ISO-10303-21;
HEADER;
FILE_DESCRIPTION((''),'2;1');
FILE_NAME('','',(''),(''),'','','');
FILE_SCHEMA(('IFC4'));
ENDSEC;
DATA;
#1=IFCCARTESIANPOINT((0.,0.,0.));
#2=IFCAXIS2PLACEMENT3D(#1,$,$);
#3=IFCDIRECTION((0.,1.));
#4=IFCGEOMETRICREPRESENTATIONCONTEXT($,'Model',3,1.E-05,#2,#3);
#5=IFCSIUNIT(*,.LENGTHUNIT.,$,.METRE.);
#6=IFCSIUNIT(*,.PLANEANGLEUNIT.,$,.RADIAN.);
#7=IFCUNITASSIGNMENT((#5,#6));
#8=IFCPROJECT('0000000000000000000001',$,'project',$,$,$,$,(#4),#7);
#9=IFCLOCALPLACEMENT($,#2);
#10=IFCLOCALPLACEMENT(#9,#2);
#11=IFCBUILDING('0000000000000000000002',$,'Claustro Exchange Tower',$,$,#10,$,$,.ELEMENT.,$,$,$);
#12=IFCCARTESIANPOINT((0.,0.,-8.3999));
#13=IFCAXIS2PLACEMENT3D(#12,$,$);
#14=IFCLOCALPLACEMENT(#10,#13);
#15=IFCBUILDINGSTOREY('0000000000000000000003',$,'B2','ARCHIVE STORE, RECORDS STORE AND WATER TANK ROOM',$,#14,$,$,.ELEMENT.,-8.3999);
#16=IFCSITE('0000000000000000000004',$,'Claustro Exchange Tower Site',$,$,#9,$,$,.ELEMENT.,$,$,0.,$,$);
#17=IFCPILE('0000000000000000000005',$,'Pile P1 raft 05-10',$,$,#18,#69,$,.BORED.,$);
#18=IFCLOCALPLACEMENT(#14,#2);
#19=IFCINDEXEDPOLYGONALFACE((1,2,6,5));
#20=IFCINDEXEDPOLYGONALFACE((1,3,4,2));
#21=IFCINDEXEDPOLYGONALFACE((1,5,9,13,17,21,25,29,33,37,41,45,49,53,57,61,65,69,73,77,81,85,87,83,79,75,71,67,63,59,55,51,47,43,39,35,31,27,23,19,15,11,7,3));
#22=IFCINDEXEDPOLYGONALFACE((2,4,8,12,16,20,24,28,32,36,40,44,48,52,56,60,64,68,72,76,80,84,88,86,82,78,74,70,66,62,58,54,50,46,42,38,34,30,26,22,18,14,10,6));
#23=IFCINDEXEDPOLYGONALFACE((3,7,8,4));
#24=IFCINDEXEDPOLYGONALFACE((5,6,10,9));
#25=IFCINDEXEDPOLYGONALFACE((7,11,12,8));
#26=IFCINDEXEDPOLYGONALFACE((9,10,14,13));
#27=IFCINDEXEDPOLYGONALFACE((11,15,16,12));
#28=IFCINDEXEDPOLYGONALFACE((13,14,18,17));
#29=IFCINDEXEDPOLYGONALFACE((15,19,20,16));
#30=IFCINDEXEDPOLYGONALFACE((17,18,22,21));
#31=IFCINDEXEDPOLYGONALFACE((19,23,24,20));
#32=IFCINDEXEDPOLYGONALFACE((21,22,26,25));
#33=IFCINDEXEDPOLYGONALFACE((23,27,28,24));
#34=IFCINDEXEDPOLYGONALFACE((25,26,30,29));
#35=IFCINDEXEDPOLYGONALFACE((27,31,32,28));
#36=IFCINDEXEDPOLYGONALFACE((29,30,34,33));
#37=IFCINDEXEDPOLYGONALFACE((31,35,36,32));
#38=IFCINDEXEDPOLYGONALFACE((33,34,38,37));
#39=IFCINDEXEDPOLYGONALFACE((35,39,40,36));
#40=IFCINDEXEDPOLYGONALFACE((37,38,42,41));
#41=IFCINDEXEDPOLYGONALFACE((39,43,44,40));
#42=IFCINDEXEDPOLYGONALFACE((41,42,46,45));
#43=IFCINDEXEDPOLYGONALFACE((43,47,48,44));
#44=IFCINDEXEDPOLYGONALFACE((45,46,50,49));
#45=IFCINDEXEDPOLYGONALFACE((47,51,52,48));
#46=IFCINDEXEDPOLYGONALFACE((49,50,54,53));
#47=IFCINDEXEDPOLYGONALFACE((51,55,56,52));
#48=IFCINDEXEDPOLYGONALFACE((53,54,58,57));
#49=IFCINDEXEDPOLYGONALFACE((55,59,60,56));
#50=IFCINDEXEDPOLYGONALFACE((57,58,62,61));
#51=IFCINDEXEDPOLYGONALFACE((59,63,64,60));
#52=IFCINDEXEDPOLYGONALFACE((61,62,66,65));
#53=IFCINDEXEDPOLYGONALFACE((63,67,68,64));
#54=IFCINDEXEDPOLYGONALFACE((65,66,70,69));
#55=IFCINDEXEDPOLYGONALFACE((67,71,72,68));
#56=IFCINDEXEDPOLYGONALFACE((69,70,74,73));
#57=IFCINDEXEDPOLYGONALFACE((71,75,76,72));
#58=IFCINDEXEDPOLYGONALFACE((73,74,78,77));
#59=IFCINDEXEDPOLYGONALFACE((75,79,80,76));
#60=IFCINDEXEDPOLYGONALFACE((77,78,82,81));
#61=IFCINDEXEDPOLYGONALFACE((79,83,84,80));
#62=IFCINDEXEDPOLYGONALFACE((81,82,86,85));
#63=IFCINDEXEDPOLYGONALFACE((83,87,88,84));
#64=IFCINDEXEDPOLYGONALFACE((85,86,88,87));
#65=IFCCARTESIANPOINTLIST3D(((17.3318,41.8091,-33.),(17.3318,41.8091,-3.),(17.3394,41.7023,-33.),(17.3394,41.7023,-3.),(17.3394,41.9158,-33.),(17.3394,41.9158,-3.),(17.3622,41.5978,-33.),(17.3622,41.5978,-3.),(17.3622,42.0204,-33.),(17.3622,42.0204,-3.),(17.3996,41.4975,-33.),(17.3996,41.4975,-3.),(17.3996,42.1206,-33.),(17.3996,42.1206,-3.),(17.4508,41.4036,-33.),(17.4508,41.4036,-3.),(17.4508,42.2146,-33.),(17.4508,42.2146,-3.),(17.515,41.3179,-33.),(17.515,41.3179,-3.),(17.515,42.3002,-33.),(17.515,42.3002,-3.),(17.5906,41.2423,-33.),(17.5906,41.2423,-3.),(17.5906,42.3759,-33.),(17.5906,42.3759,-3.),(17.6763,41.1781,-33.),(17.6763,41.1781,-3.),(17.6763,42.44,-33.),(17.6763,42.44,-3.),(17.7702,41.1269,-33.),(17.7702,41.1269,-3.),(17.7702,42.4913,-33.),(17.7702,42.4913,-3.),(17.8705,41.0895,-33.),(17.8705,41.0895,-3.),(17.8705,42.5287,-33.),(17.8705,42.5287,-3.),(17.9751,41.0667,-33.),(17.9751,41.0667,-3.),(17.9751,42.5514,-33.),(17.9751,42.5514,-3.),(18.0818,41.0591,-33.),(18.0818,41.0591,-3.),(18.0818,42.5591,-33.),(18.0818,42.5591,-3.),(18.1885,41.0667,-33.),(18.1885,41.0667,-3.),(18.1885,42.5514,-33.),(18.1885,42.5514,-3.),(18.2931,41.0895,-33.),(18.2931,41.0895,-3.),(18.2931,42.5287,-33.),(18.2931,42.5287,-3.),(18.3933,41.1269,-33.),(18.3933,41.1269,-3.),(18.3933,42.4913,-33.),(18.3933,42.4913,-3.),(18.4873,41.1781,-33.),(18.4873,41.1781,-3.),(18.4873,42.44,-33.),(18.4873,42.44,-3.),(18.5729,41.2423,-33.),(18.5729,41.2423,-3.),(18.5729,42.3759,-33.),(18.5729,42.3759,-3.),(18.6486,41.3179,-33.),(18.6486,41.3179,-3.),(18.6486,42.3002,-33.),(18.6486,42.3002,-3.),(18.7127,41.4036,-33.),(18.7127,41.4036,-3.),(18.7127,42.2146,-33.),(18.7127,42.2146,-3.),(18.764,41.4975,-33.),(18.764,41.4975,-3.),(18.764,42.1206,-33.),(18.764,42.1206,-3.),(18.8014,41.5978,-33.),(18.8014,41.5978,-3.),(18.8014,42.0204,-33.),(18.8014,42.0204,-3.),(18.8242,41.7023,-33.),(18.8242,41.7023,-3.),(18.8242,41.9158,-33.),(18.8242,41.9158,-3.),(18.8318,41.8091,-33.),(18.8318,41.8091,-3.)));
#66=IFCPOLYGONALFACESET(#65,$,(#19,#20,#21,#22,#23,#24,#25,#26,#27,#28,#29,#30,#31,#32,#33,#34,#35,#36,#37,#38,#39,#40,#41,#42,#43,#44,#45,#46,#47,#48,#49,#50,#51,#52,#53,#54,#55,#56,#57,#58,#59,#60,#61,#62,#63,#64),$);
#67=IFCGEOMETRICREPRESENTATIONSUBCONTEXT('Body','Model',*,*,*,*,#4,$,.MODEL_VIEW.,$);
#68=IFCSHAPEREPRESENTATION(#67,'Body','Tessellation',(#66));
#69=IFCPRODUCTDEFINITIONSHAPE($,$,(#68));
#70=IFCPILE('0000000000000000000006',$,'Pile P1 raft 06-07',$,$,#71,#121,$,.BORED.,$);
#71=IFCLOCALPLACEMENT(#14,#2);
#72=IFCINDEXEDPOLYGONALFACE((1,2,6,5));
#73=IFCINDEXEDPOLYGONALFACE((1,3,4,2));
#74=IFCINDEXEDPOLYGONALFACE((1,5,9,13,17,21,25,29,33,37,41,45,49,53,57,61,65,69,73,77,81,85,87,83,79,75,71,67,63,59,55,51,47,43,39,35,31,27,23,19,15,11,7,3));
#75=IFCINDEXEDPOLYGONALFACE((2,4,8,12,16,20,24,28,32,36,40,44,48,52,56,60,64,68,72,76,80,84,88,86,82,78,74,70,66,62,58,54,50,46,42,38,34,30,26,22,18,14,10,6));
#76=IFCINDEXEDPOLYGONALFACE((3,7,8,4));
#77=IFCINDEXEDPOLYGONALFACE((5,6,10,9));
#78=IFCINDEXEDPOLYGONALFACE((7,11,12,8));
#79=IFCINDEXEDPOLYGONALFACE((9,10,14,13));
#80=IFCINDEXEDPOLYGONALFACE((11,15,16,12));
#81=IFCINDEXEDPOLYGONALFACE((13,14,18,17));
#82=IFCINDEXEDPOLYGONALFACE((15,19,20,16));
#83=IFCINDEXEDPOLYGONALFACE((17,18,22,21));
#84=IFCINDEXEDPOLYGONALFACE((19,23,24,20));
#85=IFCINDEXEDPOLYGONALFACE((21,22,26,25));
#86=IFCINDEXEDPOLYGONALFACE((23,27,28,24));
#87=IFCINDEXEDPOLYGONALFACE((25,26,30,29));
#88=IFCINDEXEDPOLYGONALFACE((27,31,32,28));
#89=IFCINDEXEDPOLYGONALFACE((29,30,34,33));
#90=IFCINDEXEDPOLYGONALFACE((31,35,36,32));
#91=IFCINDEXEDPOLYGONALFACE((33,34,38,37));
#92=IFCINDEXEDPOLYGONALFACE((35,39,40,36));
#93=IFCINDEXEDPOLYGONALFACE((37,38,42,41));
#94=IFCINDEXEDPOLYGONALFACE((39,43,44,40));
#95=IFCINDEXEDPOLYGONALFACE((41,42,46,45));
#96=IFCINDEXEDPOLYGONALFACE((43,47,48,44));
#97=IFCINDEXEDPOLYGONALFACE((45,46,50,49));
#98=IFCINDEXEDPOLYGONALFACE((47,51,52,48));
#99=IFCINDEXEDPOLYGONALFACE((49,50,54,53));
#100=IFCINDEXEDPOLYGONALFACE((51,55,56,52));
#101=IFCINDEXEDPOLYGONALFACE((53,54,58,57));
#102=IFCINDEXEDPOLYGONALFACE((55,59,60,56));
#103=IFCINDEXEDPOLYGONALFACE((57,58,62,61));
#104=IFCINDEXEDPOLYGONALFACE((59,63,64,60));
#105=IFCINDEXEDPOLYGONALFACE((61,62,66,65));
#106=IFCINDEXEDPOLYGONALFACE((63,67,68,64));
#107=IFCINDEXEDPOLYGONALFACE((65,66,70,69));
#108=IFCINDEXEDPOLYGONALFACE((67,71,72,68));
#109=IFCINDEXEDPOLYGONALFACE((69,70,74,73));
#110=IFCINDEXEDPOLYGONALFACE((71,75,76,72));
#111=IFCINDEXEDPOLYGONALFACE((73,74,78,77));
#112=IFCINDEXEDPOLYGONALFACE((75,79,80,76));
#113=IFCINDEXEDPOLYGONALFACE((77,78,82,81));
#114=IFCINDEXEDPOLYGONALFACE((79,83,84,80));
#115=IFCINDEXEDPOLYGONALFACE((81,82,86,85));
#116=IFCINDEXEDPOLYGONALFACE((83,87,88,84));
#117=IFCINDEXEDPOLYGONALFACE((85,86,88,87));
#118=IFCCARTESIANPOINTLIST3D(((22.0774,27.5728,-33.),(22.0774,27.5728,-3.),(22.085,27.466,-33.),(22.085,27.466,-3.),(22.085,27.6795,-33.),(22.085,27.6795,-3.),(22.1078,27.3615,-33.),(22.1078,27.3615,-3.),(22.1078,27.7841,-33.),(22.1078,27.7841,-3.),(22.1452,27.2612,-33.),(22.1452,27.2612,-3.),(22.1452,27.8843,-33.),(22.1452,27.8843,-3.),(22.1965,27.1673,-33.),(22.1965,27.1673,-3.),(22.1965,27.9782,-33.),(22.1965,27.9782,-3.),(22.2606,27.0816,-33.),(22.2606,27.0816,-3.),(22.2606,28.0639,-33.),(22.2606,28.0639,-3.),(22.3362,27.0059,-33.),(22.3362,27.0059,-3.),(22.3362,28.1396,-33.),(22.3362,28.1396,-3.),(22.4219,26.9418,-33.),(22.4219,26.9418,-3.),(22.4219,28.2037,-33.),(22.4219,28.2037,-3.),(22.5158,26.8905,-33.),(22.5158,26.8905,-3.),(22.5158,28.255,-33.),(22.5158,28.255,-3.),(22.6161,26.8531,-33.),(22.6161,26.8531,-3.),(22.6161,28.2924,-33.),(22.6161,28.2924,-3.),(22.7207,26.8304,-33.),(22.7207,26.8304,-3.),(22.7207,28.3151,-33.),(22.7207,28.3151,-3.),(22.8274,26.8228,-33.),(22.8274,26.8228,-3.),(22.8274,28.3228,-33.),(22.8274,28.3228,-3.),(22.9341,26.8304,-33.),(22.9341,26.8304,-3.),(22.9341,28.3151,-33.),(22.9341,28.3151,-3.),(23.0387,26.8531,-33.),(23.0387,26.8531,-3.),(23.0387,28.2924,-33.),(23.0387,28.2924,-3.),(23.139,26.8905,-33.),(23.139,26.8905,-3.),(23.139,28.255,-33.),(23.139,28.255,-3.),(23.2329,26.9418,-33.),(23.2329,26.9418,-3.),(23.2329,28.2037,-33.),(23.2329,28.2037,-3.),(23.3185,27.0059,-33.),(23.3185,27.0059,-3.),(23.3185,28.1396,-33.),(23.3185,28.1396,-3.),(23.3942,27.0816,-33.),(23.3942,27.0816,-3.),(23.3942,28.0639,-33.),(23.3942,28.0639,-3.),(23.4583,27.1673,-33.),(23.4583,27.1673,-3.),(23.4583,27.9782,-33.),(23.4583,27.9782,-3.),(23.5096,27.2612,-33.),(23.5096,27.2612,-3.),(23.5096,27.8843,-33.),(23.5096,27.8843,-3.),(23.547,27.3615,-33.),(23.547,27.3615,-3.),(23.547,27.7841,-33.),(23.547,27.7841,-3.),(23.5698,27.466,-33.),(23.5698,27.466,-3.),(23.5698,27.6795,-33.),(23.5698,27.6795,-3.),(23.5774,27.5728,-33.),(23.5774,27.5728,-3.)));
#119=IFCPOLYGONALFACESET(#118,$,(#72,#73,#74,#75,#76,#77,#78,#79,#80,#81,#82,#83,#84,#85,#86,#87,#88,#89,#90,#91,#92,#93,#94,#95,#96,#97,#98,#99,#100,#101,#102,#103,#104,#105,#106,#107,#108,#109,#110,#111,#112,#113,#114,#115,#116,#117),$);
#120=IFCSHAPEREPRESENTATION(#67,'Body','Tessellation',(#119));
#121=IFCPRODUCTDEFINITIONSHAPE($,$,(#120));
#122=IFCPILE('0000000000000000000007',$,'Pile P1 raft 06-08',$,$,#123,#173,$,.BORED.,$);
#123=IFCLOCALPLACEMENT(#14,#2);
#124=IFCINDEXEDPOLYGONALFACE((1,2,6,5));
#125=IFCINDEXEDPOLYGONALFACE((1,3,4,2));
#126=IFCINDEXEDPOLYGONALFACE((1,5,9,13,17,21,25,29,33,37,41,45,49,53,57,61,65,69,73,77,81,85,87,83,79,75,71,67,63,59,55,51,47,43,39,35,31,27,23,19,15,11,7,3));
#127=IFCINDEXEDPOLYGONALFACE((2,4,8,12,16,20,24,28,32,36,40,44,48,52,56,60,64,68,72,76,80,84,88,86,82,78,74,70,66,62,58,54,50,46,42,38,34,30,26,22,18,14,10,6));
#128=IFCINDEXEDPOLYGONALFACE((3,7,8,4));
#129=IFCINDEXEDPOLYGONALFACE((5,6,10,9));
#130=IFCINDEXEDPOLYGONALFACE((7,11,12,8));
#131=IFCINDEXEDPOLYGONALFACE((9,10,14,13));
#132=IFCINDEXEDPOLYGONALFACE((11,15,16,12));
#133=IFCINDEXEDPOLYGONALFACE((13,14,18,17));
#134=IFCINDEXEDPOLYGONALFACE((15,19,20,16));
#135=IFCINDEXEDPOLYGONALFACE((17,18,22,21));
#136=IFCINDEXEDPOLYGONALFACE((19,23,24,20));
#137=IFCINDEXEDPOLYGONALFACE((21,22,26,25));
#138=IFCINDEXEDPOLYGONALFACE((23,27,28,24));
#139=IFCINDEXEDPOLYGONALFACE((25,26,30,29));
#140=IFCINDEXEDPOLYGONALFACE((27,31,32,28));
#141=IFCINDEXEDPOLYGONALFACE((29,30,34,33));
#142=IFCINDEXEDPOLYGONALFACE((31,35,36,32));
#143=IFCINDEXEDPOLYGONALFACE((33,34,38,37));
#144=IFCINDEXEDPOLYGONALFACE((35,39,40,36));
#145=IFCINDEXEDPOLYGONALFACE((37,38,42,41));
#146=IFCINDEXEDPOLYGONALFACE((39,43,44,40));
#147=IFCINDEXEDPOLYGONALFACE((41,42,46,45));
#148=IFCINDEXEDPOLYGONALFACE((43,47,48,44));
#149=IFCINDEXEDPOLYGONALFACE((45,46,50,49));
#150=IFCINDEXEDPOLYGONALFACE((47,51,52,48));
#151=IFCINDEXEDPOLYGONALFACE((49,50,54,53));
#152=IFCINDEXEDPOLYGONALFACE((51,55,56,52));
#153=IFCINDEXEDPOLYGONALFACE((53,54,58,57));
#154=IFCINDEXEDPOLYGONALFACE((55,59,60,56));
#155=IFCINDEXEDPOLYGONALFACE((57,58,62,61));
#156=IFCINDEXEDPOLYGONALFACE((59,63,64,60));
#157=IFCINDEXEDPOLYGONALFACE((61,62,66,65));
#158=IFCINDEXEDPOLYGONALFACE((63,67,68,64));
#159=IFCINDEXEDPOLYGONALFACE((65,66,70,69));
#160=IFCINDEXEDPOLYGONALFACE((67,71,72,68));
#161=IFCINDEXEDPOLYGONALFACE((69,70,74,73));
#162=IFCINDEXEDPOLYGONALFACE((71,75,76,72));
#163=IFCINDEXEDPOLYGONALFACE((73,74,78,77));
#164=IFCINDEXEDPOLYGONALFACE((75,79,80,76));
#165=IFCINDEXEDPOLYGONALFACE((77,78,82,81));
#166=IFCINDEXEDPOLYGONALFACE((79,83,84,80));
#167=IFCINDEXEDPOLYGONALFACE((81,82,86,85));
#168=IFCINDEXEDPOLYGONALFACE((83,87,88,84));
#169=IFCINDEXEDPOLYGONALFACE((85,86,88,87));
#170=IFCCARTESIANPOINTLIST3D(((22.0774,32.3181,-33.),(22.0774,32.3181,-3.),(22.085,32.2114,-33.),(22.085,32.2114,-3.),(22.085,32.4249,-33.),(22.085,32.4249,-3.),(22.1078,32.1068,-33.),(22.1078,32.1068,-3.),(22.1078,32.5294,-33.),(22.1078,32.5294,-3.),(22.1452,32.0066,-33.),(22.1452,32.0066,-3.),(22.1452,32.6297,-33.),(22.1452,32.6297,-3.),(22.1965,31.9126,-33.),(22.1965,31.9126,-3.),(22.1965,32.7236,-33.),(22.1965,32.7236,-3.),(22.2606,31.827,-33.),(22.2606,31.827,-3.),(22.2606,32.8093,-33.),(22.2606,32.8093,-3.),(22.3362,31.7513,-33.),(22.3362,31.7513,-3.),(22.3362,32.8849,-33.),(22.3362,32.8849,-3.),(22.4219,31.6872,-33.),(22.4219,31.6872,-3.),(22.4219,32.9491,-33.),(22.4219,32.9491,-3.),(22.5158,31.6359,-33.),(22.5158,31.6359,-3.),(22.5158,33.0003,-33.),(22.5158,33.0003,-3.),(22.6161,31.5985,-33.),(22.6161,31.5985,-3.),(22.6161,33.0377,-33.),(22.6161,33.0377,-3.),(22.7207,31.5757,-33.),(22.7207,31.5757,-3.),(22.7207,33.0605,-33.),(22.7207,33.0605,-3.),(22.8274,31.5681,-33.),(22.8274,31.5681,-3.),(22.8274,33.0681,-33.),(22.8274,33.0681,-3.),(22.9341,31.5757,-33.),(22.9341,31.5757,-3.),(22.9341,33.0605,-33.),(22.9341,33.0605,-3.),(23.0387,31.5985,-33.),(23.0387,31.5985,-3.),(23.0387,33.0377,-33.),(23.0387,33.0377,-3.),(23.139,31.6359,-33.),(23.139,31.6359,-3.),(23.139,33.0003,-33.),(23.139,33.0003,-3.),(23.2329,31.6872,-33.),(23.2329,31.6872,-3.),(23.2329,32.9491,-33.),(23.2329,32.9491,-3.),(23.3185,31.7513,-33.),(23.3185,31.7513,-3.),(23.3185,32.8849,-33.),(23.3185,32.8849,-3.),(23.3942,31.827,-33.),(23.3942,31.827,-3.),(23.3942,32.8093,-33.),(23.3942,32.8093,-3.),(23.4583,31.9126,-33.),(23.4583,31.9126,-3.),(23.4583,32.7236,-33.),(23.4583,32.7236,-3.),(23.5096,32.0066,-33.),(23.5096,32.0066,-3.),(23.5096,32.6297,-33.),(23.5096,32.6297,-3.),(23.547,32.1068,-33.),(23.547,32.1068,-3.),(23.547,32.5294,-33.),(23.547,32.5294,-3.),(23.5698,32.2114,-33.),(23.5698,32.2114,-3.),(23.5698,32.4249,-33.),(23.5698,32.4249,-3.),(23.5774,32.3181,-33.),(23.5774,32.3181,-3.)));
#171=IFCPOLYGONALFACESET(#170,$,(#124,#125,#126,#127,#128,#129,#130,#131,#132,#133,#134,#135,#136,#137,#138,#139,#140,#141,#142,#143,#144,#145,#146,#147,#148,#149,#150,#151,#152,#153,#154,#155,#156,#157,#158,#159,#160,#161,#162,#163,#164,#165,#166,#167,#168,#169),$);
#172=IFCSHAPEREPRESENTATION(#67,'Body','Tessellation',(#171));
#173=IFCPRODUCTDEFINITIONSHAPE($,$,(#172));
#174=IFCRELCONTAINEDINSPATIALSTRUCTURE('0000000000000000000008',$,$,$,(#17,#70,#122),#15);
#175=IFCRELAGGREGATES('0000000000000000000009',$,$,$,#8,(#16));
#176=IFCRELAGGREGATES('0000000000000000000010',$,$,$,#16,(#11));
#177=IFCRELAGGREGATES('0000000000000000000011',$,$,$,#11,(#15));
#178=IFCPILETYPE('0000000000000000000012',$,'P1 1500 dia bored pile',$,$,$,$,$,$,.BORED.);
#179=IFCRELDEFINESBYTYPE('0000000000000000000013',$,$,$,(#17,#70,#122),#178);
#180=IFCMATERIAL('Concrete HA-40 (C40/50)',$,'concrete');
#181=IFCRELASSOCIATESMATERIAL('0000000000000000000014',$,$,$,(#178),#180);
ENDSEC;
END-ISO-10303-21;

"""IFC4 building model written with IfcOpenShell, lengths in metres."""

from ifc_helpers import new_model, si_unit, direction, frame, origin, origin_2d, place, context, subcontext, project, spatial, circle, extrude, material, type_object, element, save


model = new_model("IFC4")

# Units and contexts
model_context = context("Model", 3, precision=1e-05, world=origin(), true_north=direction((0.0, 1.0)))
body_context = subcontext(model_context, "Body", "Model", "MODEL_VIEW")
ifc_project = project(units=[si_unit("LENGTHUNIT", "METRE"), si_unit("PLANEANGLEUNIT", "RADIAN")], contexts=[model_context])

# Site, building, storey
site_placement = place(None, origin())
site = spatial("IfcSite", under=ifc_project, at=site_placement, Name="Claustro Exchange Tower Site", CompositionType="ELEMENT", RefElevation=0.0)
building_placement = place(site_placement, origin())
building = spatial("IfcBuilding", under=site, at=building_placement, Name="Claustro Exchange Tower", CompositionType="ELEMENT")
storey_placement = place(building_placement, frame((0.0, 0.0, -8.3999)))
storey = spatial("IfcBuildingStorey", under=building, at=storey_placement, Name="B2", Description="ARCHIVE STORE, RECORDS STORE AND WATER TANK ROOM", CompositionType="ELEMENT", Elevation=-8.3999)

# Piles
ifc_material_1 = material(Name="Concrete HA-40 (C40/50)", Category="concrete")
pile_type_1 = type_object("IfcPileType", Name="P1 1500 dia bored pile", PredefinedType="BORED", material=ifc_material_1)
for number, where, z_axis, x_axis, name in (
    (1, (18.0818, 41.8091, -3.0), (0.0, 0.0, -1.0), (1.0, 0.0, 0.0), "Pile P1 raft 05-10"),
    (2, (22.8274, 27.5728, -3.0), (0.0, 0.0, -1.0), (1.0, 0.0, 0.0), "Pile P1 raft 06-07"),
    (3, (22.8274, 32.3181, -3.0), (0.0, 0.0, -1.0), (1.0, 0.0, 0.0), "Pile P1 raft 06-08"),
):
    element("IfcPile", number, at=place(storey_placement, frame(where, z_axis=z_axis, x_axis=x_axis)), inside=storey, type_object=pile_type_1, Name=name, PredefinedType="BORED", context=body_context, shape_type="SweptSolid", body=[
        extrude(circle(Radius=0.75, at=origin_2d()), origin(), (0.0, 0.0, 1.0), 30.0),
    ])

save(model, "model.ifc")
